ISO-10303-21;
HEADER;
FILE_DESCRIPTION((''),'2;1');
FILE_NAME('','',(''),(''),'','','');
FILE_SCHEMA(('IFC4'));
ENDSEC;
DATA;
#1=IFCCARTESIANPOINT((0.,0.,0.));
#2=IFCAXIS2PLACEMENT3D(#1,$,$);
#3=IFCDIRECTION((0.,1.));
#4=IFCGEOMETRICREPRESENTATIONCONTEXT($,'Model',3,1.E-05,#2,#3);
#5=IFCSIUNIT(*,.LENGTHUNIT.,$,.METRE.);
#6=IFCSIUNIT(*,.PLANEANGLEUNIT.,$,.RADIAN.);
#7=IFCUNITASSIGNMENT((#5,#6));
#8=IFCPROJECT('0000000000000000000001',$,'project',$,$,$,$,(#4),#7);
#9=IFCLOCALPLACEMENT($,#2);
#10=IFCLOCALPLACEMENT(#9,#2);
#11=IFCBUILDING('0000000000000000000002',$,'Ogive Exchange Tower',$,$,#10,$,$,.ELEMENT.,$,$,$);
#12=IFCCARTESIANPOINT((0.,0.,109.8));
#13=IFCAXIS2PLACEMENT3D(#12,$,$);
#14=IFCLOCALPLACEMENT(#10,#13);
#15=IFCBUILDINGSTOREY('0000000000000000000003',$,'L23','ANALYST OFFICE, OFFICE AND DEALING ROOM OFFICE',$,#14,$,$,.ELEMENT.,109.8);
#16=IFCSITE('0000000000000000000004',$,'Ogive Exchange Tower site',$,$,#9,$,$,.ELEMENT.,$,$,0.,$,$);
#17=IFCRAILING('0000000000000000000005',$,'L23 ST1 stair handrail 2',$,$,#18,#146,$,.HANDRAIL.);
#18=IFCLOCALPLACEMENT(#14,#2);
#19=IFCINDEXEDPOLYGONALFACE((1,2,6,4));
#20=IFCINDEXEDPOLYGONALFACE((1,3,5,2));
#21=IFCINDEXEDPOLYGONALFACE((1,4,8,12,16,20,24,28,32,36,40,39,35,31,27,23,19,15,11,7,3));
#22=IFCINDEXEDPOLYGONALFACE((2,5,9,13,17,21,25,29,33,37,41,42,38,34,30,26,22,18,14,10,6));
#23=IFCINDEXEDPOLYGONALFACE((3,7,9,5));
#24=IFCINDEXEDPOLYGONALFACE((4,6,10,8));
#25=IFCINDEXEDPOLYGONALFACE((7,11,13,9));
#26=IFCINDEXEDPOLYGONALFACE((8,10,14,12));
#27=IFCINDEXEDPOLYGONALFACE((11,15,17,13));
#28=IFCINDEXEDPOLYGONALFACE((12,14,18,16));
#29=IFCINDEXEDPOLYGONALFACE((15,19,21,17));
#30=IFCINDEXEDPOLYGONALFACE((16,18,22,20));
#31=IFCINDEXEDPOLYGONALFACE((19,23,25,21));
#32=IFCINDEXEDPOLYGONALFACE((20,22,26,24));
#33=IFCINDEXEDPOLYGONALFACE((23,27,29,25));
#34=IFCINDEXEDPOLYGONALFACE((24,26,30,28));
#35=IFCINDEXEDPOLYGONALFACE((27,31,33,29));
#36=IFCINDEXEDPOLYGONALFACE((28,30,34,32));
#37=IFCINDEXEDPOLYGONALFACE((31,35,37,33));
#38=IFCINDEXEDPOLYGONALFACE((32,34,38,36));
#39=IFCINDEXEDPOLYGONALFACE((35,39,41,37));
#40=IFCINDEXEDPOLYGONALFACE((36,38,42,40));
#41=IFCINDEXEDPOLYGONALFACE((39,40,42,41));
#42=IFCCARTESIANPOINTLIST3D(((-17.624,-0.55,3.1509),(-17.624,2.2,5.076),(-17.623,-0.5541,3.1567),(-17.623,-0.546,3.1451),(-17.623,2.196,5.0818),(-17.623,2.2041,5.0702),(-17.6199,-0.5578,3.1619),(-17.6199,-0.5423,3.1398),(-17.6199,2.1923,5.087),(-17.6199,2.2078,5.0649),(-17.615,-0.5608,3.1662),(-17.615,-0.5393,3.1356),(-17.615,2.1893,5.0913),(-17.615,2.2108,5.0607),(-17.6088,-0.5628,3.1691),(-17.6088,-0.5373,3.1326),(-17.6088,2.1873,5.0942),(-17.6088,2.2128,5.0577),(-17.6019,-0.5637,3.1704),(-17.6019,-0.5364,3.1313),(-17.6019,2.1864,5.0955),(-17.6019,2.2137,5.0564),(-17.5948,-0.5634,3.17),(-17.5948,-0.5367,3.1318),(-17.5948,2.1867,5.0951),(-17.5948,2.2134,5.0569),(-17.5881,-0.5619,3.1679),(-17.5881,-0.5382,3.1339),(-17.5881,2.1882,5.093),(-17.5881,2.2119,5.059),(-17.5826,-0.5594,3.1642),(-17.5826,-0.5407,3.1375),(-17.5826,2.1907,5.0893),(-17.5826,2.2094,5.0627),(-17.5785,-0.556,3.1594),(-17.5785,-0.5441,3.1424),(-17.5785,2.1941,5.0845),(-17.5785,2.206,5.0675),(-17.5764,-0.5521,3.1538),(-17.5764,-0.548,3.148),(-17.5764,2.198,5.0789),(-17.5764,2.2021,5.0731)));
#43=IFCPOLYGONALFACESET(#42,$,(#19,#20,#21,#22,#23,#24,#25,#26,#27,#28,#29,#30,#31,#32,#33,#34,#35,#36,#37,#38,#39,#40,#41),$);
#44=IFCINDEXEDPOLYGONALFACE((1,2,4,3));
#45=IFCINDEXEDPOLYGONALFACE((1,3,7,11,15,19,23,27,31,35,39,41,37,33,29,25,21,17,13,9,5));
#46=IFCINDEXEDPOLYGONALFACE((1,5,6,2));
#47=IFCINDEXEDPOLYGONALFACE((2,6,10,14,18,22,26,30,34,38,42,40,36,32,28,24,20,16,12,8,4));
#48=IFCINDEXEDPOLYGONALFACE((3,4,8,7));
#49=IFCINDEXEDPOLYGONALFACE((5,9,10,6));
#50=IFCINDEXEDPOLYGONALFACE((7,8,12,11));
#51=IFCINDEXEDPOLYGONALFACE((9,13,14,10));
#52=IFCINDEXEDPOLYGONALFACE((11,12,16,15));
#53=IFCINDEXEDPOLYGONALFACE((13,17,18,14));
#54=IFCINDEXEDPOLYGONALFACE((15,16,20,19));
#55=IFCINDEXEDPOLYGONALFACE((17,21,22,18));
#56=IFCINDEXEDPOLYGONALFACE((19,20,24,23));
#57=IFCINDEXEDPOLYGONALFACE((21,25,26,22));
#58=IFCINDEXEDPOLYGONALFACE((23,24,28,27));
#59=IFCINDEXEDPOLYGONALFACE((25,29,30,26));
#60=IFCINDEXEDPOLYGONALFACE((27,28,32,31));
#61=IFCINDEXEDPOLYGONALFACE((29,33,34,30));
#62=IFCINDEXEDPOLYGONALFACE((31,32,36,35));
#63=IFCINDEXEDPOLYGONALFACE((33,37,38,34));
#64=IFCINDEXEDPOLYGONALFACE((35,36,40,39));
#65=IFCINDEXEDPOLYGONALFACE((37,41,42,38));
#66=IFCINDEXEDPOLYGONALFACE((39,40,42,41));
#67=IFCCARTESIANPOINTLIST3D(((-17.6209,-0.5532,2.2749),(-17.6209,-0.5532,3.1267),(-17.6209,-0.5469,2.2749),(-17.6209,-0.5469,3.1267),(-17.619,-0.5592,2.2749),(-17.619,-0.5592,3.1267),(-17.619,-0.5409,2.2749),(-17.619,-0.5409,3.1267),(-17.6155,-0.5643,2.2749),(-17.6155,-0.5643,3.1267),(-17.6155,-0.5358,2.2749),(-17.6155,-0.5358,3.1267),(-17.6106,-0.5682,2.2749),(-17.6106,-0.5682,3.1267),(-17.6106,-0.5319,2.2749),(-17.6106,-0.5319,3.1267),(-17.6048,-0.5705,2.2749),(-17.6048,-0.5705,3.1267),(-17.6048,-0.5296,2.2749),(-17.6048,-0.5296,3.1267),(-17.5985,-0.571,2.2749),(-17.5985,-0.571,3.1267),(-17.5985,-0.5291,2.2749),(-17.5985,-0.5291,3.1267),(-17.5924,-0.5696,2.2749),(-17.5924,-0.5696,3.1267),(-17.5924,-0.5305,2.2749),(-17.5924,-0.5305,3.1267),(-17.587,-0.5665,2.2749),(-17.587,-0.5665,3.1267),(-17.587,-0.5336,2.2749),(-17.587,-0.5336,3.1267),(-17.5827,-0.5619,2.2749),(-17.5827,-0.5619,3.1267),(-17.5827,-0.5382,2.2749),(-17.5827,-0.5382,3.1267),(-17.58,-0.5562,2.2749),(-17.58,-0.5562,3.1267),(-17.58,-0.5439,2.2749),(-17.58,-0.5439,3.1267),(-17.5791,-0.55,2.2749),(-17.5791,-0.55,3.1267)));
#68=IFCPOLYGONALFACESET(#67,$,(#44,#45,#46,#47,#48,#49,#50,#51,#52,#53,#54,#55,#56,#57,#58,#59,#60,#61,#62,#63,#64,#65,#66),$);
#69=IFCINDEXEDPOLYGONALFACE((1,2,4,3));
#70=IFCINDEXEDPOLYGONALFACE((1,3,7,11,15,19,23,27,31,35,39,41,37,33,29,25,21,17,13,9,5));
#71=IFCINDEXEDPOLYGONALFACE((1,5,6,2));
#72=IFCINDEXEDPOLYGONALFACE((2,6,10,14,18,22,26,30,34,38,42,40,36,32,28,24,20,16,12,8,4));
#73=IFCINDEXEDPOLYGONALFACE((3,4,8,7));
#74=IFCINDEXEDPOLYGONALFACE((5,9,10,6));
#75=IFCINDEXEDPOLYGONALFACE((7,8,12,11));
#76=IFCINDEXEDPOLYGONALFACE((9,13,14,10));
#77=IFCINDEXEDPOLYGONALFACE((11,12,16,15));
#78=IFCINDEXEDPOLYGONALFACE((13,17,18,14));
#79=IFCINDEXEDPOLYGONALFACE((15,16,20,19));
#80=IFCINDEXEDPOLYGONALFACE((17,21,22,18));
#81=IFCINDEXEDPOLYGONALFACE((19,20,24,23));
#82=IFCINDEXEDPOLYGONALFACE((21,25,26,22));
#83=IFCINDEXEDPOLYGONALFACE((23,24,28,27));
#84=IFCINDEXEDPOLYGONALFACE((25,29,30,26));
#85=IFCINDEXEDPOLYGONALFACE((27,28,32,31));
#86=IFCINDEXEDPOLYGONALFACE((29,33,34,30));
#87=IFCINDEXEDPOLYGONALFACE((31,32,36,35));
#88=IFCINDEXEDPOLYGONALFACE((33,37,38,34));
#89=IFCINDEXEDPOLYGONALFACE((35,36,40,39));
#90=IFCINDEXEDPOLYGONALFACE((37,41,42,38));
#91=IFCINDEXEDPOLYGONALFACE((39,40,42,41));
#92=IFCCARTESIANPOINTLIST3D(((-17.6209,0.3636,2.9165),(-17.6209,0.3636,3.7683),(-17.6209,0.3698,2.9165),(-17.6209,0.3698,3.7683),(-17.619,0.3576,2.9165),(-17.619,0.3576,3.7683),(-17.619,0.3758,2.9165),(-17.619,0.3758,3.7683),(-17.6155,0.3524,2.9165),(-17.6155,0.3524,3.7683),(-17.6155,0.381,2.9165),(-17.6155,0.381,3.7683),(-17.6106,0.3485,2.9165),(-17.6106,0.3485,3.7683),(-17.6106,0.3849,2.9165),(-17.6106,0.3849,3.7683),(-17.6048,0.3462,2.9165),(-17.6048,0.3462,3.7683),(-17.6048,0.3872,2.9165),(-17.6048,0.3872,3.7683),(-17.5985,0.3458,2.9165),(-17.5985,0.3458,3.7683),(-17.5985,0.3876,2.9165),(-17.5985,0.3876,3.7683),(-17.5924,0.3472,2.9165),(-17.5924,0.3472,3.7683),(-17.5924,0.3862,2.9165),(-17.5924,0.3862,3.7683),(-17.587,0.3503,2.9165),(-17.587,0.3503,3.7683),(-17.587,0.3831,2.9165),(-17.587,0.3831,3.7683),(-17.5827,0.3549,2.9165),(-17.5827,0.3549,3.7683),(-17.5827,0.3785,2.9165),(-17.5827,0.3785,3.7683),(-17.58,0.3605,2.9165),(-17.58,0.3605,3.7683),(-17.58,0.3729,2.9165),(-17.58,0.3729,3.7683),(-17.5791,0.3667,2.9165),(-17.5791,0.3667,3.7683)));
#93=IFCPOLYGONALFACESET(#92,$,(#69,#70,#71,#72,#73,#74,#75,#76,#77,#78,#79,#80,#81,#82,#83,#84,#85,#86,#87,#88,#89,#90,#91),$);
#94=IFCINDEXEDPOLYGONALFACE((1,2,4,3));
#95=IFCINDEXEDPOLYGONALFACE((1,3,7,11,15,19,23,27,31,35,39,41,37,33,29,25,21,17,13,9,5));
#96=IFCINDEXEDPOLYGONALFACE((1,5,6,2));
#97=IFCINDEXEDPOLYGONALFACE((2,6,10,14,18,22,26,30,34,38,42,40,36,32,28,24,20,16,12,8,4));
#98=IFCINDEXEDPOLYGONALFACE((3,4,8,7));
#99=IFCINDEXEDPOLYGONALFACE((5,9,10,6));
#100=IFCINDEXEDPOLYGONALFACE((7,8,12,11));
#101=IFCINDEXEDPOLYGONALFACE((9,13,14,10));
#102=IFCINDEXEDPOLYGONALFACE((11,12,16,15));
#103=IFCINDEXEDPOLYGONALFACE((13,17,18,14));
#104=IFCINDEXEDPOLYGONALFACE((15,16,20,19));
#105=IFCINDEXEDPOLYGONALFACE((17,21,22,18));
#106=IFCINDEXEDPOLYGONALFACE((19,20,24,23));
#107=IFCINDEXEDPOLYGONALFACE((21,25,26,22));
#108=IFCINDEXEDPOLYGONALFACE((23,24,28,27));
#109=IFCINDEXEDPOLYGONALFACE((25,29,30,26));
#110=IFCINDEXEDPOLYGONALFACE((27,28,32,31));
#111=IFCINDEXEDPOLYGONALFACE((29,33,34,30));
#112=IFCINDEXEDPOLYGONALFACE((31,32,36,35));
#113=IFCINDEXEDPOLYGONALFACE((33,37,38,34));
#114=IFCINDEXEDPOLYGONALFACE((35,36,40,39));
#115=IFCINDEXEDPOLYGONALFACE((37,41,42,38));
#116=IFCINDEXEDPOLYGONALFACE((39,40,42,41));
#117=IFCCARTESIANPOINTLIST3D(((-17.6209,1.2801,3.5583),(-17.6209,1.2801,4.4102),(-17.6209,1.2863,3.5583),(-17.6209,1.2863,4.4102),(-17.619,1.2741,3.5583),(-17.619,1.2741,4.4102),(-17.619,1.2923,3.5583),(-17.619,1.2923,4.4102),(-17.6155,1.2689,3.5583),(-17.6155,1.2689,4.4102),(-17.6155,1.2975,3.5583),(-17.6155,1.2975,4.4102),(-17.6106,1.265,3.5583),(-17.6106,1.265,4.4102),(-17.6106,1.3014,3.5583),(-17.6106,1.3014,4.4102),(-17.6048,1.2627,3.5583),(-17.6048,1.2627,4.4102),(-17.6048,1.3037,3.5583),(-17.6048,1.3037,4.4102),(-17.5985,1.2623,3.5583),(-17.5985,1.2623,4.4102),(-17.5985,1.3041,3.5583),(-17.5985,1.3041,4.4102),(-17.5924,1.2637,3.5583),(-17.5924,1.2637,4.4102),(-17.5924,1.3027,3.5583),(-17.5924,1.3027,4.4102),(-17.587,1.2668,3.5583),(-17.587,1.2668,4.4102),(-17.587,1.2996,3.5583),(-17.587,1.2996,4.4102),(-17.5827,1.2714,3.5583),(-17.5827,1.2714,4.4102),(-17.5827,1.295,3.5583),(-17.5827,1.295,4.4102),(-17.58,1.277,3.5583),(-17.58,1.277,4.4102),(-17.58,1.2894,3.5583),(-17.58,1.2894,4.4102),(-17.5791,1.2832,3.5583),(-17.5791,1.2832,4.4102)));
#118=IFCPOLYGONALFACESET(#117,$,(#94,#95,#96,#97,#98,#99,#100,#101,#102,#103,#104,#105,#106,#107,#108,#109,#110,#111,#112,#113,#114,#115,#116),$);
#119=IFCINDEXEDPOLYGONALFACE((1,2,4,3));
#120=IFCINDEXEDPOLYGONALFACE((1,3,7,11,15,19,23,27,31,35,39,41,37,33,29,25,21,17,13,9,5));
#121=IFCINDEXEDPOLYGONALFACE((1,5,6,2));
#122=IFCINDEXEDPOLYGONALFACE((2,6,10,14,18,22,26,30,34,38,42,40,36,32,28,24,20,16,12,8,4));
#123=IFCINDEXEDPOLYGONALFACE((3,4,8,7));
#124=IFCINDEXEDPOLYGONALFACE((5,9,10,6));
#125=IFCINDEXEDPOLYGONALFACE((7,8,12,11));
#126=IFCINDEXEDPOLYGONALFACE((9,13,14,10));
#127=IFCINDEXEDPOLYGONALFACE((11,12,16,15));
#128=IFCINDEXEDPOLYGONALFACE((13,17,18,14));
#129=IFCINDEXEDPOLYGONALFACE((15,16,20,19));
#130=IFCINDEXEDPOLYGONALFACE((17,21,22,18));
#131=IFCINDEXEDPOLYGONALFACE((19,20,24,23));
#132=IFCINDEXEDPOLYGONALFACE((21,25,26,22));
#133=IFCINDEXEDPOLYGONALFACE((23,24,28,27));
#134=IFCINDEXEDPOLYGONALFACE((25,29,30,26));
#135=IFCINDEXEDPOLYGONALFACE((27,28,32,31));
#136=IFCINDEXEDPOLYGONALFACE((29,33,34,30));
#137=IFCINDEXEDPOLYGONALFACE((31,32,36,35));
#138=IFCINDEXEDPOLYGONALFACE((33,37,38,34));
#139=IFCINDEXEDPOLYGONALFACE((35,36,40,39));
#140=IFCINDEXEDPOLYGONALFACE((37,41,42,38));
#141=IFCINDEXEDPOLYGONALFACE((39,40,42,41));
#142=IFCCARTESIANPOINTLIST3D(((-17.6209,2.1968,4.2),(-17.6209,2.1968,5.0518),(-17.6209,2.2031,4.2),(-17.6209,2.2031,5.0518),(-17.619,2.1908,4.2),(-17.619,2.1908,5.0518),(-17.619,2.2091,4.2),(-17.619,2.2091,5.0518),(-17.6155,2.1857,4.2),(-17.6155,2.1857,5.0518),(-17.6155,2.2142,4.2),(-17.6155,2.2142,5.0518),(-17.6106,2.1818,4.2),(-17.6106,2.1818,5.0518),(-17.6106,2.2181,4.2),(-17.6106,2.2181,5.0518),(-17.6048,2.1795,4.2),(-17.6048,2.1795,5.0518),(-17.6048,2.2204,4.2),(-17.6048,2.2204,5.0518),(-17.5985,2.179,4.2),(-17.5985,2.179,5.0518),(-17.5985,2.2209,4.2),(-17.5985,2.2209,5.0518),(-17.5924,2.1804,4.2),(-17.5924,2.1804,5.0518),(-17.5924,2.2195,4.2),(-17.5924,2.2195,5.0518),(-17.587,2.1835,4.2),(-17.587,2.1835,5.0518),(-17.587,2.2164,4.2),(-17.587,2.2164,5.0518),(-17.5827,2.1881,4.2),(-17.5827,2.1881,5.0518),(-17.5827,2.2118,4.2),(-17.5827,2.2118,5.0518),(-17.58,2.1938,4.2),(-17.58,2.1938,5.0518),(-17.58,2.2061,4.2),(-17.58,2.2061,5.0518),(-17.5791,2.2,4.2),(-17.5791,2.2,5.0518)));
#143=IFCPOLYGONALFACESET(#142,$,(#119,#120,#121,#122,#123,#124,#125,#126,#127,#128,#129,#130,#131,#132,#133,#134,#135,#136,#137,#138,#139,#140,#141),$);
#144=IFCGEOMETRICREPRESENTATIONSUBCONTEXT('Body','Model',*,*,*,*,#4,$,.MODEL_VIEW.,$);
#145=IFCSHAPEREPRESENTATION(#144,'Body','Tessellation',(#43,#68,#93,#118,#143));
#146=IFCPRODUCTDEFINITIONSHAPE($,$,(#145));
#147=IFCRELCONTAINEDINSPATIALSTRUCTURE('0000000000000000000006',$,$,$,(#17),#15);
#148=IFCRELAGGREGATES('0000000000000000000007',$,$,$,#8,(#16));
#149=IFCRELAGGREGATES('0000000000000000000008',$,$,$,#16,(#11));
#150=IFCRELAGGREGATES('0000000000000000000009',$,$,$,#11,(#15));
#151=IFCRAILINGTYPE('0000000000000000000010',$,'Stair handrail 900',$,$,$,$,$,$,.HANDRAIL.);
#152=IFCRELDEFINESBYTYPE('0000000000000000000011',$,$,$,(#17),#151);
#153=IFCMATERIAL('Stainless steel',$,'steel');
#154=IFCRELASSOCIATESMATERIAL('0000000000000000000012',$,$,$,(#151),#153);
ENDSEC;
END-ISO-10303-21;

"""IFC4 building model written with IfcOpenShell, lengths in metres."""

from ifc_helpers import new_model, si_unit, direction, frame, origin, origin_2d, place, context, subcontext, project, spatial, circle, extrude, material, type_object, element, save


model = new_model("IFC4")

# Units and contexts
model_context = context("Model", 3, precision=1e-05, world=origin(), true_north=direction((0.0, 1.0)))
body_context = subcontext(model_context, "Body", "Model", "MODEL_VIEW")
ifc_project = project(units=[si_unit("LENGTHUNIT", "METRE"), si_unit("PLANEANGLEUNIT", "RADIAN")], contexts=[model_context])

# Site, building, storey
site_placement = place(None, origin())
site = spatial("IfcSite", under=ifc_project, at=site_placement, Name="Ogive Exchange Tower site", CompositionType="ELEMENT", RefElevation=0.0)
building_placement = place(site_placement, origin())
building = spatial("IfcBuilding", under=site, at=building_placement, Name="Ogive Exchange Tower", CompositionType="ELEMENT")
storey_placement = place(building_placement, frame((0.0, 0.0, 109.8)))
storey = spatial("IfcBuildingStorey", under=building, at=storey_placement, Name="L23", Description="ANALYST OFFICE, OFFICE AND DEALING ROOM OFFICE", CompositionType="ELEMENT", Elevation=109.8)

# Shared definitions
ifc_material_1 = material(Name="Stainless steel", Category="steel")

# Railing
railing_type = type_object("IfcRailingType", Name="Stair handrail 900", PredefinedType="HANDRAIL", material=ifc_material_1)
railing_1_placement = place(storey_placement, frame((-17.6001, -0.55, 2.2749)))
element("IfcRailing", 1, at=railing_1_placement, inside=storey, type_object=railing_type, Name="L23 ST1 stair handrail 2", PredefinedType="HANDRAIL", context=body_context, shape_type="SweptSolid", body=[
    extrude(circle(Radius=0.0239, at=origin_2d()), frame((0.0, 0.0, 0.876), z_axis=(0.0, 0.819225, 0.573472), x_axis=(-1.0, 0.0, 0.0)), (0.0, 0.0, 1.0), 3.3569),
    extrude(circle(Radius=0.021, at=origin_2d()), origin(), (0.0, 0.0, 1.0), 0.8518),
    extrude(circle(Radius=0.021, at=origin_2d()), frame((0.0, 0.9167, 0.6416)), (0.0, 0.0, 1.0), 0.8518),
    extrude(circle(Radius=0.021, at=origin_2d()), frame((0.0, 1.8333, 1.2834)), (0.0, 0.0, 1.0), 0.8518),
    extrude(circle(Radius=0.021, at=origin_2d()), frame((0.0, 2.75, 1.925)), (0.0, 0.0, 1.0), 0.8518),
])

save(model, "model.ifc")
